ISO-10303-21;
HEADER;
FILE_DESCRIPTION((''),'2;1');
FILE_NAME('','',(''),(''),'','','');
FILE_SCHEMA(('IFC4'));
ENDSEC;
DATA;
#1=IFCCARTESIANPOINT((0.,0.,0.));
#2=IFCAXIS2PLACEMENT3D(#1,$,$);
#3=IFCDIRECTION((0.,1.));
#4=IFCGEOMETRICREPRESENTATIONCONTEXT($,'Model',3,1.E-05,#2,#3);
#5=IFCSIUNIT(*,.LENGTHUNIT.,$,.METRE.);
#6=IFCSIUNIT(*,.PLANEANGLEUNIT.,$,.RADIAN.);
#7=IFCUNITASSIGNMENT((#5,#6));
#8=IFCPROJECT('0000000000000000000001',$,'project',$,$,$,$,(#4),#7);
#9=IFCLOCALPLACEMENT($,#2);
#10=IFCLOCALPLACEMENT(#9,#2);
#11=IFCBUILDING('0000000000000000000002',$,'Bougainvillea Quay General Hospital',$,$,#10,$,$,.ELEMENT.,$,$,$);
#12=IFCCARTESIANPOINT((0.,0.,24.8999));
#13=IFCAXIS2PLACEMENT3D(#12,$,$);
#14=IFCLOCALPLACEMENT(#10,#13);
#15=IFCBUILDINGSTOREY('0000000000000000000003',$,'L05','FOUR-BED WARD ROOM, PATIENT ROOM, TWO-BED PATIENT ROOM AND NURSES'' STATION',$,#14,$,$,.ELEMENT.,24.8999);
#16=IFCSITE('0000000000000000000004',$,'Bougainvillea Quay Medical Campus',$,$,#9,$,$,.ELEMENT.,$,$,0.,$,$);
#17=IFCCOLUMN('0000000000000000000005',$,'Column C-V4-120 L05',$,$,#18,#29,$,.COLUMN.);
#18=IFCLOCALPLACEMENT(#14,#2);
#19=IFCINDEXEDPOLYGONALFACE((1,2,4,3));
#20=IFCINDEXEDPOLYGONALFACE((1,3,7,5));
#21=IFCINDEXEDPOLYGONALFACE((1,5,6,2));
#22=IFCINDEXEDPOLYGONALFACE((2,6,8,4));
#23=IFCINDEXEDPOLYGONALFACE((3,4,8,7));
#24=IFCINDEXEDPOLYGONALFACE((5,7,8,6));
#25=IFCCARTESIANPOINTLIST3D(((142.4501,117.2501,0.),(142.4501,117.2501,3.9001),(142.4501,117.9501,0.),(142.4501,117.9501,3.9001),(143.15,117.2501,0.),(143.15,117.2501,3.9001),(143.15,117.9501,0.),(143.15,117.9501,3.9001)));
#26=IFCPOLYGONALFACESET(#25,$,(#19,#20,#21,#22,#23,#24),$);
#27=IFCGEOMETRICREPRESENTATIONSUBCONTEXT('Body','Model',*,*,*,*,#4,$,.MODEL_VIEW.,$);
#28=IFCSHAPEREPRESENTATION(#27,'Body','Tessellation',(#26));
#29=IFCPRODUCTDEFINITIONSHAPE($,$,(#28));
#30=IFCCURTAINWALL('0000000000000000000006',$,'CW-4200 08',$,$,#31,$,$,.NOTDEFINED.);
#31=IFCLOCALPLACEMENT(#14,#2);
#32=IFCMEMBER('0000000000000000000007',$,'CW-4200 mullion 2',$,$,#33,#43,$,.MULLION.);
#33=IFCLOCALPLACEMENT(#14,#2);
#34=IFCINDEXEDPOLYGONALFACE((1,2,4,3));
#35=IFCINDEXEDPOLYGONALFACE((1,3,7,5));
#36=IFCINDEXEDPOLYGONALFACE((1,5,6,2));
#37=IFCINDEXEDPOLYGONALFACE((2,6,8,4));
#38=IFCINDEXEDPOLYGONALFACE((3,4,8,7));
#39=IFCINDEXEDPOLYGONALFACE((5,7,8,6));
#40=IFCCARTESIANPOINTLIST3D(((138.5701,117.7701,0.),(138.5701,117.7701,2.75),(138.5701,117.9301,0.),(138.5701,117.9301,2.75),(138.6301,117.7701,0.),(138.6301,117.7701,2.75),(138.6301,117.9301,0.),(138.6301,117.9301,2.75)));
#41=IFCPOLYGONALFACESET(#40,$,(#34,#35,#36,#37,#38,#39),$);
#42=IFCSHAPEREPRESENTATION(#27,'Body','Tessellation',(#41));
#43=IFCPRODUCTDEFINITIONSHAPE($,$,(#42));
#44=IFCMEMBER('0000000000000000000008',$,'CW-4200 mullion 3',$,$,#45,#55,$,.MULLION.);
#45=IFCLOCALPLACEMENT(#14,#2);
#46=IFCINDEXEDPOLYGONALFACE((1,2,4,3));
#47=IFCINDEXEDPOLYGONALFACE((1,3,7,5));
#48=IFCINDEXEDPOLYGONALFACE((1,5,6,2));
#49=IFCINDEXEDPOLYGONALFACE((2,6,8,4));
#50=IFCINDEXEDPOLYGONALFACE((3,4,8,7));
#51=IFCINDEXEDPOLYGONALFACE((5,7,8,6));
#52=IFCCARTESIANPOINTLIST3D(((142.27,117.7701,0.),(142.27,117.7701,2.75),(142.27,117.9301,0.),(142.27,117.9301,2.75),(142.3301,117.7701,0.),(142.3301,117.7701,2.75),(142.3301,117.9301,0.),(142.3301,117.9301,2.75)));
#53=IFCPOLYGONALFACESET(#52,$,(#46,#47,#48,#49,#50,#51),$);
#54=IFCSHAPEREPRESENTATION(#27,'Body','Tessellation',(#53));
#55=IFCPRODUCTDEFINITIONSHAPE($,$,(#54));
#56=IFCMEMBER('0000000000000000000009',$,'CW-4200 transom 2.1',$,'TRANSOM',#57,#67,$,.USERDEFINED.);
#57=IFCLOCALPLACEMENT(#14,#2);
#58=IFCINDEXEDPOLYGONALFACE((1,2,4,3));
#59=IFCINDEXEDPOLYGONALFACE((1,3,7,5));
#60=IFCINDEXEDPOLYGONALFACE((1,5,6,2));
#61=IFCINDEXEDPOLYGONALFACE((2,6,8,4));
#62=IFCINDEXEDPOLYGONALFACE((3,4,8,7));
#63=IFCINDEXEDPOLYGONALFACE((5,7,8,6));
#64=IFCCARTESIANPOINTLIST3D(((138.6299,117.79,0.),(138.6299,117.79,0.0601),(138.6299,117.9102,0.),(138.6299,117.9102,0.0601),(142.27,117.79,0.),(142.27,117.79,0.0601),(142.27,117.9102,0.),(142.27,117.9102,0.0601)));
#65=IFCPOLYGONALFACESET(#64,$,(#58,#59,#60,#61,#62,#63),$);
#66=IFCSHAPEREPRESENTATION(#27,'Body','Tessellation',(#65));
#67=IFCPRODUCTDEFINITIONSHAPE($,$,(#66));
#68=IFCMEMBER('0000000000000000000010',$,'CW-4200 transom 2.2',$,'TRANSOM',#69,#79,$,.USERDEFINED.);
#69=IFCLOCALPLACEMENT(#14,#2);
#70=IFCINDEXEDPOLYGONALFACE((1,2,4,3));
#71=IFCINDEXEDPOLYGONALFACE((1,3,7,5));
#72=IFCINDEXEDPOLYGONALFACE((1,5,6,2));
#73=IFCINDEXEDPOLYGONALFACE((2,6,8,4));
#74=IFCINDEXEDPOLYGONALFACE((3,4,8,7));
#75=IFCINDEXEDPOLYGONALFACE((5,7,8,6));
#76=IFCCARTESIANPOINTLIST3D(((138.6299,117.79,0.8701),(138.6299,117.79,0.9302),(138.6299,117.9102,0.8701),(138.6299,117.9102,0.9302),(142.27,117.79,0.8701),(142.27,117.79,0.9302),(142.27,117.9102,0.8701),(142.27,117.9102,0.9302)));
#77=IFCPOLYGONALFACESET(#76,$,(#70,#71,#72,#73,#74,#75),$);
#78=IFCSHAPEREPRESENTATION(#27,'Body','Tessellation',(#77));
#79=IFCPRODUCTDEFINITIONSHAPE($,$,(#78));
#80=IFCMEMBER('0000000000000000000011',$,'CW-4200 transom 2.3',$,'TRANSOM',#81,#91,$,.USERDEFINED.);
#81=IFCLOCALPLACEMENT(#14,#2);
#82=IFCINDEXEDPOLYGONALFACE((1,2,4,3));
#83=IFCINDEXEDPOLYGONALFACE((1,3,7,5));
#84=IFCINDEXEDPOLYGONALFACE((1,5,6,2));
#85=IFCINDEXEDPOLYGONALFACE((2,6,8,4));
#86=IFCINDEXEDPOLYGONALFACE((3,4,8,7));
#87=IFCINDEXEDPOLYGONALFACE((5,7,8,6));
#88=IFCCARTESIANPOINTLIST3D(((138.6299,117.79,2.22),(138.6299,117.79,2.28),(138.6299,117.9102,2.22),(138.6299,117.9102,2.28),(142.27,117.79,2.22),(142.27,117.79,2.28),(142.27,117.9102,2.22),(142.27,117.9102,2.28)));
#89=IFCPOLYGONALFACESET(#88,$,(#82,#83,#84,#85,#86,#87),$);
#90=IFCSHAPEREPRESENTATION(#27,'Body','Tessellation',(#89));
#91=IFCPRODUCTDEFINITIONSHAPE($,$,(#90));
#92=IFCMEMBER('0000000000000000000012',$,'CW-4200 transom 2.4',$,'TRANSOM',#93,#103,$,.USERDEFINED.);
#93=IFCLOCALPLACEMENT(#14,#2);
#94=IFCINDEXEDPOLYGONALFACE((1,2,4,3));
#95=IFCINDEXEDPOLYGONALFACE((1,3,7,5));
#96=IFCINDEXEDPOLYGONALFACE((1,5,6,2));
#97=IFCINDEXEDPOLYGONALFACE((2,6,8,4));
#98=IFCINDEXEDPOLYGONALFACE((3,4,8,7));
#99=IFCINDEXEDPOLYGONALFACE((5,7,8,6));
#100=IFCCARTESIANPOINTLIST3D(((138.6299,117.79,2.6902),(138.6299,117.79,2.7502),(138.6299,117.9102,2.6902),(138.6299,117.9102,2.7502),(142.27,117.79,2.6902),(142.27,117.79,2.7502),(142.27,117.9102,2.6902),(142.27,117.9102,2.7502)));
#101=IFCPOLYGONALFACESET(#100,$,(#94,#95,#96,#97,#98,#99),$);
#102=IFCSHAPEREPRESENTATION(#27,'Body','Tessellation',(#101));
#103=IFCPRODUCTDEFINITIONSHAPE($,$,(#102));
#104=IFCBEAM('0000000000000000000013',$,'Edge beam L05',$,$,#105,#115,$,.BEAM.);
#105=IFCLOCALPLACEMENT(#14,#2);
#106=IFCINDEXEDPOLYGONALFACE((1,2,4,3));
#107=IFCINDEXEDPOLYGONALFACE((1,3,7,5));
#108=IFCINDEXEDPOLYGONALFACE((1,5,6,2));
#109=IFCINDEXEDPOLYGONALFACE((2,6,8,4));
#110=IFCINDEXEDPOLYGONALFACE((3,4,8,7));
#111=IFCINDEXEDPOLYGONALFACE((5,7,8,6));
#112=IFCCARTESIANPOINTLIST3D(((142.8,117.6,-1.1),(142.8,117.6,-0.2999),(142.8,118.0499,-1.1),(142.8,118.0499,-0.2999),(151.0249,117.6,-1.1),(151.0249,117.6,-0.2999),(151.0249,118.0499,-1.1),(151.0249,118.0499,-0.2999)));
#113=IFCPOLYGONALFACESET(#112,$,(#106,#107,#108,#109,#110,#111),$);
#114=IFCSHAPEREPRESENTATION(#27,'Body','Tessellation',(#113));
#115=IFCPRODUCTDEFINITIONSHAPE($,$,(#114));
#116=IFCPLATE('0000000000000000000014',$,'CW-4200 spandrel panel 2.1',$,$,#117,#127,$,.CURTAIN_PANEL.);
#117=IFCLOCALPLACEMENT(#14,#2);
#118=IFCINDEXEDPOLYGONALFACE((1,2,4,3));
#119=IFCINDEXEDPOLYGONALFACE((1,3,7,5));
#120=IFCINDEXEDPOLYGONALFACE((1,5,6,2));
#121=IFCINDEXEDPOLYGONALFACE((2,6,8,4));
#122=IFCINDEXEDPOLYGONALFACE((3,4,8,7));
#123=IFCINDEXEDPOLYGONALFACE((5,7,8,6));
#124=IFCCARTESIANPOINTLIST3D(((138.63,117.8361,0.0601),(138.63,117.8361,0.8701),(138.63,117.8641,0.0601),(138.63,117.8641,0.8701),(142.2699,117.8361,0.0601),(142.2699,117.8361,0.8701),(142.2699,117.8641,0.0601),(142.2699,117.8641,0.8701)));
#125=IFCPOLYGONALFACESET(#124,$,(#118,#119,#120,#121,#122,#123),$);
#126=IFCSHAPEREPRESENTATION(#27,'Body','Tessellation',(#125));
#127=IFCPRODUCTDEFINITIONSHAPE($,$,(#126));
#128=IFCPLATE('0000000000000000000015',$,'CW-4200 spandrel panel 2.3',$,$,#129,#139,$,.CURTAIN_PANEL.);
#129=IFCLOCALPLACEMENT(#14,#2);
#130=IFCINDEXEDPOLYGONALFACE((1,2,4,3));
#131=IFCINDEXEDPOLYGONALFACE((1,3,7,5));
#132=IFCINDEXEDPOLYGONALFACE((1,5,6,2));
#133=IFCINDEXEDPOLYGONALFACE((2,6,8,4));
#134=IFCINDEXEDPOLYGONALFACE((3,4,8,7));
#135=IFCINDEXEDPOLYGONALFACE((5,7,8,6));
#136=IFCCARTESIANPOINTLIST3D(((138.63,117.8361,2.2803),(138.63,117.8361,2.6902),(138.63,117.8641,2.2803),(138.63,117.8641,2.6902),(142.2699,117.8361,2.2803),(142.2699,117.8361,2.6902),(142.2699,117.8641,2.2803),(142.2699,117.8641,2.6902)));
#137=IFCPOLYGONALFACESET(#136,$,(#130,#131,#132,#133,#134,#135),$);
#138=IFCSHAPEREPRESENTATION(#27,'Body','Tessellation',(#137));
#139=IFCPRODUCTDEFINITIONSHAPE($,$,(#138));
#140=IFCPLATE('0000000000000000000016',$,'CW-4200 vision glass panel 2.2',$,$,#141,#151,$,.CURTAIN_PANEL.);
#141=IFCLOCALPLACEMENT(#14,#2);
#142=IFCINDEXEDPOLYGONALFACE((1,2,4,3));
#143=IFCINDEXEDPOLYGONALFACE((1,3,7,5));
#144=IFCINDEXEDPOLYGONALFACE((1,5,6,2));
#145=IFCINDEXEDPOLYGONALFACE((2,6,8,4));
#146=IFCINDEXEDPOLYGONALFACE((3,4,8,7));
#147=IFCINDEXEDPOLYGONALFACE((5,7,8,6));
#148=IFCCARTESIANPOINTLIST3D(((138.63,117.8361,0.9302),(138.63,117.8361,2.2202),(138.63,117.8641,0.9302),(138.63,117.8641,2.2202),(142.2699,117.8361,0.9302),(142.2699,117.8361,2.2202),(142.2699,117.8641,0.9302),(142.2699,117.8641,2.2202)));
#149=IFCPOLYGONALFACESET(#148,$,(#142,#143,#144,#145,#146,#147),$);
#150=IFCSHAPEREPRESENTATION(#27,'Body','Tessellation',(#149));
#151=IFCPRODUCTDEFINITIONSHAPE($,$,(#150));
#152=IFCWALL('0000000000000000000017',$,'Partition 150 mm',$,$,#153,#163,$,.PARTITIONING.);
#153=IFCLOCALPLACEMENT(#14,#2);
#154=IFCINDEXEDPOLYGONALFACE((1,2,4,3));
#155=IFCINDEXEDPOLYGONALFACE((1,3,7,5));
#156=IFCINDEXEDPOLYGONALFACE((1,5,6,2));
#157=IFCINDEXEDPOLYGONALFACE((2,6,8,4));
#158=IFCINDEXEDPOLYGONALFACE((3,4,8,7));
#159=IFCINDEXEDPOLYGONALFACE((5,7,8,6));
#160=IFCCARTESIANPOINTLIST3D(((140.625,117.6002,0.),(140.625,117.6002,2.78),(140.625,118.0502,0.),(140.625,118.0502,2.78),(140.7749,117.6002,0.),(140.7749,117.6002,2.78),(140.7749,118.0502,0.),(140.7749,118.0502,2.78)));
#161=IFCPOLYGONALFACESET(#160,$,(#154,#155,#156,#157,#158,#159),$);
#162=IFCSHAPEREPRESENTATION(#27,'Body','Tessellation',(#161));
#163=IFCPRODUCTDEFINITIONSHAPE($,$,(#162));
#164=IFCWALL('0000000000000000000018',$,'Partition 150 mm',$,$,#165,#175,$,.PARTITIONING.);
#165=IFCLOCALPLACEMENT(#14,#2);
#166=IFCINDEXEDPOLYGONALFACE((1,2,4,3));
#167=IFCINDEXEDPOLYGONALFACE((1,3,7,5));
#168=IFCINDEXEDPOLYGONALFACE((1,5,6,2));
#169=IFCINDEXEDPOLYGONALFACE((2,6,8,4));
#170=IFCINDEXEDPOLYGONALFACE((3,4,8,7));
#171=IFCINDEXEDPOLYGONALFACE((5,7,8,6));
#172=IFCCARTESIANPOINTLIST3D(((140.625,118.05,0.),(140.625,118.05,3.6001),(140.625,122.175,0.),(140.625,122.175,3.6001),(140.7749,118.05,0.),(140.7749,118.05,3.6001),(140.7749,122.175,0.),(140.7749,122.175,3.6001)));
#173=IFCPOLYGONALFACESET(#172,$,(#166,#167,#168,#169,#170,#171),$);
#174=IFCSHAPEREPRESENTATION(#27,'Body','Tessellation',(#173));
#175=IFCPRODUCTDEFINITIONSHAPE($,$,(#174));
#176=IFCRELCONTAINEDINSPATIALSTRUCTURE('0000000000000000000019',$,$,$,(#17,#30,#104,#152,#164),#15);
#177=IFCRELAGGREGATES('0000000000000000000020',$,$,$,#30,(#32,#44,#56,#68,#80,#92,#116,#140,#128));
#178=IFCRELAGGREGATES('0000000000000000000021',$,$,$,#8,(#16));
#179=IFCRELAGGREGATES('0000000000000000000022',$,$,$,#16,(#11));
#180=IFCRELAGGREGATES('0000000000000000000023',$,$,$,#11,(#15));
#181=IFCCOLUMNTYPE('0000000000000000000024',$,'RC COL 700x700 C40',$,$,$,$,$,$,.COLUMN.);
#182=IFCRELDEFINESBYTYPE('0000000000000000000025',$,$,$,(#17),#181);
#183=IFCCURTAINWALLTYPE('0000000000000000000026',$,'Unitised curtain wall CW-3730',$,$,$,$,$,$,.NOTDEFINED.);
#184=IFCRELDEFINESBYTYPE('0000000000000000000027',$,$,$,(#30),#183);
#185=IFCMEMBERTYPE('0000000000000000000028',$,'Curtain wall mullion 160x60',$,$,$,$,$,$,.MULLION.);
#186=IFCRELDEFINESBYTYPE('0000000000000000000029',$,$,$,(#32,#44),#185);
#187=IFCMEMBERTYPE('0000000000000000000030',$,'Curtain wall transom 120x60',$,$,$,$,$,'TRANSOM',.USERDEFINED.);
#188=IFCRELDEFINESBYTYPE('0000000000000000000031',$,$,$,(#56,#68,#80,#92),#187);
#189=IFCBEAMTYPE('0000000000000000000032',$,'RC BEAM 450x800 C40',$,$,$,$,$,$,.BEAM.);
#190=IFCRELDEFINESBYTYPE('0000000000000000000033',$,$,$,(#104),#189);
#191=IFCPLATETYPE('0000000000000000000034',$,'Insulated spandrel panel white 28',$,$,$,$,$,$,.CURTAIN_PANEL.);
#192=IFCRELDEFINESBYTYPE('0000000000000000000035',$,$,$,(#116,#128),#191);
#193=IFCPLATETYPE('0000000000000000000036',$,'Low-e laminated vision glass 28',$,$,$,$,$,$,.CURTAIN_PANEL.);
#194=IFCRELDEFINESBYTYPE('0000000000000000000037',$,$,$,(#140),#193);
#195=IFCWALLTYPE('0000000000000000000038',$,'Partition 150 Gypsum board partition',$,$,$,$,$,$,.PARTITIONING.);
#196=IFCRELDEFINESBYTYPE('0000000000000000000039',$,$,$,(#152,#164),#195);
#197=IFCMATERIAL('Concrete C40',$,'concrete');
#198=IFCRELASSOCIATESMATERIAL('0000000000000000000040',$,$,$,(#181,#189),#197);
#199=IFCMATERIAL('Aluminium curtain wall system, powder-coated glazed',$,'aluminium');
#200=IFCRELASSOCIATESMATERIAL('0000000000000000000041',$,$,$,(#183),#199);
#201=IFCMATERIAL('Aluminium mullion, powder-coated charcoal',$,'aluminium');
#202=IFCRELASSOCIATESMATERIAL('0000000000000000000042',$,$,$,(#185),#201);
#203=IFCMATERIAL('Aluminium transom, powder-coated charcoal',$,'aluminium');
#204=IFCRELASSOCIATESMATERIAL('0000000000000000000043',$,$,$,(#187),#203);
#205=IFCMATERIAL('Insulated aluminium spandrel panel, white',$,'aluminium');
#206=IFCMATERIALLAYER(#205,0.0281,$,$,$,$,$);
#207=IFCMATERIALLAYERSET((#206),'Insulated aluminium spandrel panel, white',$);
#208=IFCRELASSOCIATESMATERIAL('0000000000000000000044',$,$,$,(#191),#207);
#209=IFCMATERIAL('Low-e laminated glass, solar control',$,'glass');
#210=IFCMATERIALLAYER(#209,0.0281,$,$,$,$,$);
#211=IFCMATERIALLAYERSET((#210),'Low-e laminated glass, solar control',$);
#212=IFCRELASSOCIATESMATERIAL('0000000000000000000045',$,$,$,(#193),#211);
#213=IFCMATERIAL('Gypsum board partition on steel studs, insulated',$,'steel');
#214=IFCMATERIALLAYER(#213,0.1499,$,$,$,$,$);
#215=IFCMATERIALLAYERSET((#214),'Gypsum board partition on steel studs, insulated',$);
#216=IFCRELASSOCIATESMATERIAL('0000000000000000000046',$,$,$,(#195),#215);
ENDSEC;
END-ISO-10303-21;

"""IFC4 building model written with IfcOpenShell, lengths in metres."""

from ifc_helpers import new_model, si_unit, direction, frame, frame_2d, origin, origin_2d, place, context, subcontext, project, spatial, rectangle, extrude, material, layer, layer_set, material_profile, profile_set, type_object, element, aggregate, save


model = new_model("IFC4")

# Units and contexts
model_context = context("Model", 3, precision=1e-05, world=origin(), true_north=direction((0.0, 1.0)))
body_context = subcontext(model_context, "Body", "Model", "MODEL_VIEW")
ifc_project = project(units=[si_unit("LENGTHUNIT", "METRE"), si_unit("PLANEANGLEUNIT", "RADIAN")], contexts=[model_context])

# Site, building, storey
site_placement = place(None, origin())
site = spatial("IfcSite", under=ifc_project, at=site_placement, Name="Bougainvillea Quay Medical Campus", CompositionType="ELEMENT", RefElevation=0.0)
building_placement = place(site_placement, origin())
building = spatial("IfcBuilding", under=site, at=building_placement, Name="Bougainvillea Quay General Hospital", CompositionType="ELEMENT")
storey_placement = place(building_placement, frame((0.0, 0.0, 24.8999)))
storey = spatial("IfcBuildingStorey", under=building, at=storey_placement, Name="L05", Description="FOUR-BED WARD ROOM, PATIENT ROOM, TWO-BED PATIENT ROOM AND NURSES' STATION", CompositionType="ELEMENT", Elevation=24.8999)

# Column
ifc_material_1 = material(Name="Concrete C40", Category="concrete")
ifc_material_profile_1 = material_profile(ifc_material_1, rectangle(XDim=0.7, YDim=0.7, at=origin_2d()))
ifc_profile_set_1 = profile_set([ifc_material_profile_1], Name="Concrete C40")
column_type = type_object("IfcColumnType", Name="RC COL 700x700 C40", PredefinedType="COLUMN", material=ifc_profile_set_1)
column_placement = place(storey_placement, frame((142.8, 117.6001, 0.0), z_axis=(0.0, 0.0, 1.0), x_axis=(1.0, 0.0, 0.0)))
element("IfcColumn", 1, at=column_placement, inside=storey, type_object=column_type, Name="Column C-V4-120 L05", PredefinedType="COLUMN", context=body_context, shape_type="SweptSolid", body=[
    extrude(rectangle(XDim=0.7, YDim=0.7, at=origin_2d()), origin(), (0.0, 0.0, 1.0), 3.9001),
])

# Curtain wall, members
ifc_material_2 = material(Name="Aluminium curtain wall system, powder-coated glazed", Category="aluminium")
curtain_wall_type = type_object("IfcCurtainWallType", Name="Unitised curtain wall CW-3730", PredefinedType="NOTDEFINED", material=ifc_material_2)
curtain_wall_placement = place(storey_placement, origin())
curtain_wall = element("IfcCurtainWall", 2, at=curtain_wall_placement, inside=storey, type_object=curtain_wall_type, Name="CW-4200 08", PredefinedType="NOTDEFINED")
ifc_material_3 = material(Name="Aluminium mullion, powder-coated charcoal", Category="aluminium")
ifc_material_profile_2 = material_profile(ifc_material_3, rectangle(XDim=0.1599, YDim=0.0601, at=origin_2d()))
ifc_profile_set_2 = profile_set([ifc_material_profile_2], Name="Aluminium mullion, powder-coated charcoal")
member_type_1 = type_object("IfcMemberType", Name="Curtain wall mullion 160x60", PredefinedType="MULLION", material=ifc_profile_set_2)
member_1_placement = place(storey_placement, frame((138.6001, 117.8501, 0.0), z_axis=(0.0, 0.0, 1.0), x_axis=(0.0, 1.0, 0.0)))
member_1 = element("IfcMember", 3, at=member_1_placement, type_object=member_type_1, Name="CW-4200 mullion 2", PredefinedType="MULLION", context=body_context, shape_type="SweptSolid", body=[
    extrude(rectangle(XDim=0.1599, YDim=0.0601, at=origin_2d()), origin(), (0.0, 0.0, 1.0), 2.75),
])
member_2_placement = place(storey_placement, frame((142.3, 117.8501, 0.0), z_axis=(0.0, 0.0, 1.0), x_axis=(0.0, 1.0, 0.0)))
member_2 = element("IfcMember", 4, at=member_2_placement, type_object=member_type_1, Name="CW-4200 mullion 3", PredefinedType="MULLION", context=body_context, shape_type="SweptSolid", body=[
    extrude(rectangle(XDim=0.1599, YDim=0.0601, at=origin_2d()), origin(), (0.0, 0.0, 1.0), 2.75),
])
ifc_material_4 = material(Name="Aluminium transom, powder-coated charcoal", Category="aluminium")
ifc_material_profile_3 = material_profile(ifc_material_4, rectangle(XDim=0.1201, YDim=0.0601, at=origin_2d()))
ifc_profile_set_3 = profile_set([ifc_material_profile_3], Name="Aluminium transom, powder-coated charcoal")
member_type_2 = type_object("IfcMemberType", Name="Curtain wall transom 120x60", ElementType="TRANSOM", PredefinedType="USERDEFINED", material=ifc_profile_set_3)
member_3_placement = place(storey_placement, frame((138.6299, 117.8501, 0.03), z_axis=(1.0, 0.0, 0.0), x_axis=(0.0, 1.0, 0.0)))
member_3 = element("IfcMember", 5, at=member_3_placement, type_object=member_type_2, Name="CW-4200 transom 2.1", ObjectType="TRANSOM", PredefinedType="USERDEFINED", context=body_context, shape_type="SweptSolid", body=[
    extrude(rectangle(XDim=0.1201, YDim=0.0601, at=origin_2d()), origin(), (0.0, 0.0, 1.0), 3.6401),
])
member_4_placement = place(storey_placement, frame((138.6299, 117.8501, 0.9001), z_axis=(1.0, 0.0, 0.0), x_axis=(0.0, 1.0, 0.0)))
member_4 = element("IfcMember", 6, at=member_4_placement, type_object=member_type_2, Name="CW-4200 transom 2.2", ObjectType="TRANSOM", PredefinedType="USERDEFINED", context=body_context, shape_type="SweptSolid", body=[
    extrude(rectangle(XDim=0.1201, YDim=0.0601, at=origin_2d()), origin(), (0.0, 0.0, 1.0), 3.6401),
])
member_5_placement = place(storey_placement, frame((138.6299, 117.8501, 2.25), z_axis=(1.0, 0.0, 0.0), x_axis=(0.0, 1.0, 0.0)))
member_5 = element("IfcMember", 7, at=member_5_placement, type_object=member_type_2, Name="CW-4200 transom 2.3", ObjectType="TRANSOM", PredefinedType="USERDEFINED", context=body_context, shape_type="SweptSolid", body=[
    extrude(rectangle(XDim=0.1201, YDim=0.0601, at=origin_2d()), origin(), (0.0, 0.0, 1.0), 3.6401),
])
member_6_placement = place(storey_placement, frame((138.6299, 117.8501, 2.7202), z_axis=(1.0, 0.0, 0.0), x_axis=(0.0, 1.0, 0.0)))
member_6 = element("IfcMember", 8, at=member_6_placement, type_object=member_type_2, Name="CW-4200 transom 2.4", ObjectType="TRANSOM", PredefinedType="USERDEFINED", context=body_context, shape_type="SweptSolid", body=[
    extrude(rectangle(XDim=0.1201, YDim=0.0601, at=origin_2d()), origin(), (0.0, 0.0, 1.0), 3.6401),
])

# Beam
ifc_material_profile_4 = material_profile(ifc_material_1, rectangle(XDim=0.45, YDim=0.8, at=origin_2d()))
ifc_profile_set_4 = profile_set([ifc_material_profile_4], Name="Concrete C40")
beam_type = type_object("IfcBeamType", Name="RC BEAM 450x800 C40", PredefinedType="BEAM", material=ifc_profile_set_4)
beam_placement = place(storey_placement, frame((142.8, 117.825, -0.7), z_axis=(1.0, 0.0, 0.0), x_axis=(0.0, 1.0, 0.0)))
element("IfcBeam", 9, at=beam_placement, inside=storey, type_object=beam_type, Name="Edge beam L05", PredefinedType="BEAM", context=body_context, shape_type="SweptSolid", body=[
    extrude(rectangle(XDim=0.45, YDim=0.8, at=origin_2d()), origin(), (0.0, 0.0, 1.0), 8.2249),
])

# Plates
ifc_material_5 = material(Name="Insulated aluminium spandrel panel, white", Category="aluminium")
ifc_layer_1 = layer(ifc_material_5, 0.0281)
ifc_layer_set_1 = layer_set([ifc_layer_1], Name="Insulated aluminium spandrel panel, white")
plate_type_1 = type_object("IfcPlateType", Name="Insulated spandrel panel white 28", PredefinedType="CURTAIN_PANEL", material=ifc_layer_set_1)
plate_1_placement = place(storey_placement, frame((140.45, 117.8501, 0.0601), z_axis=(0.0, 0.0, 1.0), x_axis=(1.0, 0.0, 0.0)))
plate_1 = element("IfcPlate", 10, at=plate_1_placement, type_object=plate_type_1, Name="CW-4200 spandrel panel 2.1", PredefinedType="CURTAIN_PANEL", context=body_context, shape_type="SweptSolid", body=[
    extrude(rectangle(XDim=3.6399, YDim=0.0281, at=origin_2d()), origin(), (0.0, 0.0, 1.0), 0.8101),
])
plate_2_placement = place(storey_placement, frame((140.45, 117.8501, 2.2803), z_axis=(0.0, 0.0, 1.0), x_axis=(1.0, 0.0, 0.0)))
plate_2 = element("IfcPlate", 11, at=plate_2_placement, type_object=plate_type_1, Name="CW-4200 spandrel panel 2.3", PredefinedType="CURTAIN_PANEL", context=body_context, shape_type="SweptSolid", body=[
    extrude(rectangle(XDim=3.6399, YDim=0.0281, at=origin_2d()), origin(), (0.0, 0.0, 1.0), 0.4099),
])
ifc_material_6 = material(Name="Low-e laminated glass, solar control", Category="glass")
ifc_layer_2 = layer(ifc_material_6, 0.0281)
ifc_layer_set_2 = layer_set([ifc_layer_2], Name="Low-e laminated glass, solar control")
plate_type_2 = type_object("IfcPlateType", Name="Low-e laminated vision glass 28", PredefinedType="CURTAIN_PANEL", material=ifc_layer_set_2)
plate_3_placement = place(storey_placement, frame((140.45, 117.8501, 0.9302), z_axis=(0.0, 0.0, 1.0), x_axis=(1.0, 0.0, 0.0)))
plate_3 = element("IfcPlate", 12, at=plate_3_placement, type_object=plate_type_2, Name="CW-4200 vision glass panel 2.2", PredefinedType="CURTAIN_PANEL", context=body_context, shape_type="SweptSolid", body=[
    extrude(rectangle(XDim=3.6399, YDim=0.0281, at=origin_2d()), origin(), (0.0, 0.0, 1.0), 1.29),
])
aggregate(curtain_wall, [member_1, member_2, member_3, member_4, member_5, member_6, plate_1, plate_3, plate_2])

# Walls
ifc_material_7 = material(Name="Gypsum board partition on steel studs, insulated", Category="steel")
ifc_layer_3 = layer(ifc_material_7, 0.1499)
ifc_layer_set_3 = layer_set([ifc_layer_3], Name="Gypsum board partition on steel studs, insulated")
wall_type = type_object("IfcWallType", Name="Partition 150 Gypsum board partition", PredefinedType="PARTITIONING", material=ifc_layer_set_3)
wall_1_placement = place(storey_placement, frame((140.7, 117.6001, 0.0), z_axis=(0.0, 0.0, 1.0), x_axis=(0.0, 1.0, 0.0)))
element("IfcWall", 13, at=wall_1_placement, inside=storey, type_object=wall_type, Name="Partition 150 mm", PredefinedType="PARTITIONING", context=body_context, shape_type="SweptSolid", body=[
    extrude(rectangle(XDim=0.45, YDim=0.1499, at=frame_2d((0.2251, 0.0))), origin(), (0.0, 0.0, 1.0), 2.78),
])
wall_2_placement = place(storey_placement, frame((140.7, 118.05, 0.0), z_axis=(0.0, 0.0, 1.0), x_axis=(0.0, 1.0, 0.0)))
element("IfcWall", 14, at=wall_2_placement, inside=storey, type_object=wall_type, Name="Partition 150 mm", PredefinedType="PARTITIONING", context=body_context, shape_type="SweptSolid", body=[
    extrude(rectangle(XDim=4.125, YDim=0.1499, at=frame_2d((2.0625, 0.0))), origin(), (0.0, 0.0, 1.0), 3.6001),
])

save(model, "model.ifc")
